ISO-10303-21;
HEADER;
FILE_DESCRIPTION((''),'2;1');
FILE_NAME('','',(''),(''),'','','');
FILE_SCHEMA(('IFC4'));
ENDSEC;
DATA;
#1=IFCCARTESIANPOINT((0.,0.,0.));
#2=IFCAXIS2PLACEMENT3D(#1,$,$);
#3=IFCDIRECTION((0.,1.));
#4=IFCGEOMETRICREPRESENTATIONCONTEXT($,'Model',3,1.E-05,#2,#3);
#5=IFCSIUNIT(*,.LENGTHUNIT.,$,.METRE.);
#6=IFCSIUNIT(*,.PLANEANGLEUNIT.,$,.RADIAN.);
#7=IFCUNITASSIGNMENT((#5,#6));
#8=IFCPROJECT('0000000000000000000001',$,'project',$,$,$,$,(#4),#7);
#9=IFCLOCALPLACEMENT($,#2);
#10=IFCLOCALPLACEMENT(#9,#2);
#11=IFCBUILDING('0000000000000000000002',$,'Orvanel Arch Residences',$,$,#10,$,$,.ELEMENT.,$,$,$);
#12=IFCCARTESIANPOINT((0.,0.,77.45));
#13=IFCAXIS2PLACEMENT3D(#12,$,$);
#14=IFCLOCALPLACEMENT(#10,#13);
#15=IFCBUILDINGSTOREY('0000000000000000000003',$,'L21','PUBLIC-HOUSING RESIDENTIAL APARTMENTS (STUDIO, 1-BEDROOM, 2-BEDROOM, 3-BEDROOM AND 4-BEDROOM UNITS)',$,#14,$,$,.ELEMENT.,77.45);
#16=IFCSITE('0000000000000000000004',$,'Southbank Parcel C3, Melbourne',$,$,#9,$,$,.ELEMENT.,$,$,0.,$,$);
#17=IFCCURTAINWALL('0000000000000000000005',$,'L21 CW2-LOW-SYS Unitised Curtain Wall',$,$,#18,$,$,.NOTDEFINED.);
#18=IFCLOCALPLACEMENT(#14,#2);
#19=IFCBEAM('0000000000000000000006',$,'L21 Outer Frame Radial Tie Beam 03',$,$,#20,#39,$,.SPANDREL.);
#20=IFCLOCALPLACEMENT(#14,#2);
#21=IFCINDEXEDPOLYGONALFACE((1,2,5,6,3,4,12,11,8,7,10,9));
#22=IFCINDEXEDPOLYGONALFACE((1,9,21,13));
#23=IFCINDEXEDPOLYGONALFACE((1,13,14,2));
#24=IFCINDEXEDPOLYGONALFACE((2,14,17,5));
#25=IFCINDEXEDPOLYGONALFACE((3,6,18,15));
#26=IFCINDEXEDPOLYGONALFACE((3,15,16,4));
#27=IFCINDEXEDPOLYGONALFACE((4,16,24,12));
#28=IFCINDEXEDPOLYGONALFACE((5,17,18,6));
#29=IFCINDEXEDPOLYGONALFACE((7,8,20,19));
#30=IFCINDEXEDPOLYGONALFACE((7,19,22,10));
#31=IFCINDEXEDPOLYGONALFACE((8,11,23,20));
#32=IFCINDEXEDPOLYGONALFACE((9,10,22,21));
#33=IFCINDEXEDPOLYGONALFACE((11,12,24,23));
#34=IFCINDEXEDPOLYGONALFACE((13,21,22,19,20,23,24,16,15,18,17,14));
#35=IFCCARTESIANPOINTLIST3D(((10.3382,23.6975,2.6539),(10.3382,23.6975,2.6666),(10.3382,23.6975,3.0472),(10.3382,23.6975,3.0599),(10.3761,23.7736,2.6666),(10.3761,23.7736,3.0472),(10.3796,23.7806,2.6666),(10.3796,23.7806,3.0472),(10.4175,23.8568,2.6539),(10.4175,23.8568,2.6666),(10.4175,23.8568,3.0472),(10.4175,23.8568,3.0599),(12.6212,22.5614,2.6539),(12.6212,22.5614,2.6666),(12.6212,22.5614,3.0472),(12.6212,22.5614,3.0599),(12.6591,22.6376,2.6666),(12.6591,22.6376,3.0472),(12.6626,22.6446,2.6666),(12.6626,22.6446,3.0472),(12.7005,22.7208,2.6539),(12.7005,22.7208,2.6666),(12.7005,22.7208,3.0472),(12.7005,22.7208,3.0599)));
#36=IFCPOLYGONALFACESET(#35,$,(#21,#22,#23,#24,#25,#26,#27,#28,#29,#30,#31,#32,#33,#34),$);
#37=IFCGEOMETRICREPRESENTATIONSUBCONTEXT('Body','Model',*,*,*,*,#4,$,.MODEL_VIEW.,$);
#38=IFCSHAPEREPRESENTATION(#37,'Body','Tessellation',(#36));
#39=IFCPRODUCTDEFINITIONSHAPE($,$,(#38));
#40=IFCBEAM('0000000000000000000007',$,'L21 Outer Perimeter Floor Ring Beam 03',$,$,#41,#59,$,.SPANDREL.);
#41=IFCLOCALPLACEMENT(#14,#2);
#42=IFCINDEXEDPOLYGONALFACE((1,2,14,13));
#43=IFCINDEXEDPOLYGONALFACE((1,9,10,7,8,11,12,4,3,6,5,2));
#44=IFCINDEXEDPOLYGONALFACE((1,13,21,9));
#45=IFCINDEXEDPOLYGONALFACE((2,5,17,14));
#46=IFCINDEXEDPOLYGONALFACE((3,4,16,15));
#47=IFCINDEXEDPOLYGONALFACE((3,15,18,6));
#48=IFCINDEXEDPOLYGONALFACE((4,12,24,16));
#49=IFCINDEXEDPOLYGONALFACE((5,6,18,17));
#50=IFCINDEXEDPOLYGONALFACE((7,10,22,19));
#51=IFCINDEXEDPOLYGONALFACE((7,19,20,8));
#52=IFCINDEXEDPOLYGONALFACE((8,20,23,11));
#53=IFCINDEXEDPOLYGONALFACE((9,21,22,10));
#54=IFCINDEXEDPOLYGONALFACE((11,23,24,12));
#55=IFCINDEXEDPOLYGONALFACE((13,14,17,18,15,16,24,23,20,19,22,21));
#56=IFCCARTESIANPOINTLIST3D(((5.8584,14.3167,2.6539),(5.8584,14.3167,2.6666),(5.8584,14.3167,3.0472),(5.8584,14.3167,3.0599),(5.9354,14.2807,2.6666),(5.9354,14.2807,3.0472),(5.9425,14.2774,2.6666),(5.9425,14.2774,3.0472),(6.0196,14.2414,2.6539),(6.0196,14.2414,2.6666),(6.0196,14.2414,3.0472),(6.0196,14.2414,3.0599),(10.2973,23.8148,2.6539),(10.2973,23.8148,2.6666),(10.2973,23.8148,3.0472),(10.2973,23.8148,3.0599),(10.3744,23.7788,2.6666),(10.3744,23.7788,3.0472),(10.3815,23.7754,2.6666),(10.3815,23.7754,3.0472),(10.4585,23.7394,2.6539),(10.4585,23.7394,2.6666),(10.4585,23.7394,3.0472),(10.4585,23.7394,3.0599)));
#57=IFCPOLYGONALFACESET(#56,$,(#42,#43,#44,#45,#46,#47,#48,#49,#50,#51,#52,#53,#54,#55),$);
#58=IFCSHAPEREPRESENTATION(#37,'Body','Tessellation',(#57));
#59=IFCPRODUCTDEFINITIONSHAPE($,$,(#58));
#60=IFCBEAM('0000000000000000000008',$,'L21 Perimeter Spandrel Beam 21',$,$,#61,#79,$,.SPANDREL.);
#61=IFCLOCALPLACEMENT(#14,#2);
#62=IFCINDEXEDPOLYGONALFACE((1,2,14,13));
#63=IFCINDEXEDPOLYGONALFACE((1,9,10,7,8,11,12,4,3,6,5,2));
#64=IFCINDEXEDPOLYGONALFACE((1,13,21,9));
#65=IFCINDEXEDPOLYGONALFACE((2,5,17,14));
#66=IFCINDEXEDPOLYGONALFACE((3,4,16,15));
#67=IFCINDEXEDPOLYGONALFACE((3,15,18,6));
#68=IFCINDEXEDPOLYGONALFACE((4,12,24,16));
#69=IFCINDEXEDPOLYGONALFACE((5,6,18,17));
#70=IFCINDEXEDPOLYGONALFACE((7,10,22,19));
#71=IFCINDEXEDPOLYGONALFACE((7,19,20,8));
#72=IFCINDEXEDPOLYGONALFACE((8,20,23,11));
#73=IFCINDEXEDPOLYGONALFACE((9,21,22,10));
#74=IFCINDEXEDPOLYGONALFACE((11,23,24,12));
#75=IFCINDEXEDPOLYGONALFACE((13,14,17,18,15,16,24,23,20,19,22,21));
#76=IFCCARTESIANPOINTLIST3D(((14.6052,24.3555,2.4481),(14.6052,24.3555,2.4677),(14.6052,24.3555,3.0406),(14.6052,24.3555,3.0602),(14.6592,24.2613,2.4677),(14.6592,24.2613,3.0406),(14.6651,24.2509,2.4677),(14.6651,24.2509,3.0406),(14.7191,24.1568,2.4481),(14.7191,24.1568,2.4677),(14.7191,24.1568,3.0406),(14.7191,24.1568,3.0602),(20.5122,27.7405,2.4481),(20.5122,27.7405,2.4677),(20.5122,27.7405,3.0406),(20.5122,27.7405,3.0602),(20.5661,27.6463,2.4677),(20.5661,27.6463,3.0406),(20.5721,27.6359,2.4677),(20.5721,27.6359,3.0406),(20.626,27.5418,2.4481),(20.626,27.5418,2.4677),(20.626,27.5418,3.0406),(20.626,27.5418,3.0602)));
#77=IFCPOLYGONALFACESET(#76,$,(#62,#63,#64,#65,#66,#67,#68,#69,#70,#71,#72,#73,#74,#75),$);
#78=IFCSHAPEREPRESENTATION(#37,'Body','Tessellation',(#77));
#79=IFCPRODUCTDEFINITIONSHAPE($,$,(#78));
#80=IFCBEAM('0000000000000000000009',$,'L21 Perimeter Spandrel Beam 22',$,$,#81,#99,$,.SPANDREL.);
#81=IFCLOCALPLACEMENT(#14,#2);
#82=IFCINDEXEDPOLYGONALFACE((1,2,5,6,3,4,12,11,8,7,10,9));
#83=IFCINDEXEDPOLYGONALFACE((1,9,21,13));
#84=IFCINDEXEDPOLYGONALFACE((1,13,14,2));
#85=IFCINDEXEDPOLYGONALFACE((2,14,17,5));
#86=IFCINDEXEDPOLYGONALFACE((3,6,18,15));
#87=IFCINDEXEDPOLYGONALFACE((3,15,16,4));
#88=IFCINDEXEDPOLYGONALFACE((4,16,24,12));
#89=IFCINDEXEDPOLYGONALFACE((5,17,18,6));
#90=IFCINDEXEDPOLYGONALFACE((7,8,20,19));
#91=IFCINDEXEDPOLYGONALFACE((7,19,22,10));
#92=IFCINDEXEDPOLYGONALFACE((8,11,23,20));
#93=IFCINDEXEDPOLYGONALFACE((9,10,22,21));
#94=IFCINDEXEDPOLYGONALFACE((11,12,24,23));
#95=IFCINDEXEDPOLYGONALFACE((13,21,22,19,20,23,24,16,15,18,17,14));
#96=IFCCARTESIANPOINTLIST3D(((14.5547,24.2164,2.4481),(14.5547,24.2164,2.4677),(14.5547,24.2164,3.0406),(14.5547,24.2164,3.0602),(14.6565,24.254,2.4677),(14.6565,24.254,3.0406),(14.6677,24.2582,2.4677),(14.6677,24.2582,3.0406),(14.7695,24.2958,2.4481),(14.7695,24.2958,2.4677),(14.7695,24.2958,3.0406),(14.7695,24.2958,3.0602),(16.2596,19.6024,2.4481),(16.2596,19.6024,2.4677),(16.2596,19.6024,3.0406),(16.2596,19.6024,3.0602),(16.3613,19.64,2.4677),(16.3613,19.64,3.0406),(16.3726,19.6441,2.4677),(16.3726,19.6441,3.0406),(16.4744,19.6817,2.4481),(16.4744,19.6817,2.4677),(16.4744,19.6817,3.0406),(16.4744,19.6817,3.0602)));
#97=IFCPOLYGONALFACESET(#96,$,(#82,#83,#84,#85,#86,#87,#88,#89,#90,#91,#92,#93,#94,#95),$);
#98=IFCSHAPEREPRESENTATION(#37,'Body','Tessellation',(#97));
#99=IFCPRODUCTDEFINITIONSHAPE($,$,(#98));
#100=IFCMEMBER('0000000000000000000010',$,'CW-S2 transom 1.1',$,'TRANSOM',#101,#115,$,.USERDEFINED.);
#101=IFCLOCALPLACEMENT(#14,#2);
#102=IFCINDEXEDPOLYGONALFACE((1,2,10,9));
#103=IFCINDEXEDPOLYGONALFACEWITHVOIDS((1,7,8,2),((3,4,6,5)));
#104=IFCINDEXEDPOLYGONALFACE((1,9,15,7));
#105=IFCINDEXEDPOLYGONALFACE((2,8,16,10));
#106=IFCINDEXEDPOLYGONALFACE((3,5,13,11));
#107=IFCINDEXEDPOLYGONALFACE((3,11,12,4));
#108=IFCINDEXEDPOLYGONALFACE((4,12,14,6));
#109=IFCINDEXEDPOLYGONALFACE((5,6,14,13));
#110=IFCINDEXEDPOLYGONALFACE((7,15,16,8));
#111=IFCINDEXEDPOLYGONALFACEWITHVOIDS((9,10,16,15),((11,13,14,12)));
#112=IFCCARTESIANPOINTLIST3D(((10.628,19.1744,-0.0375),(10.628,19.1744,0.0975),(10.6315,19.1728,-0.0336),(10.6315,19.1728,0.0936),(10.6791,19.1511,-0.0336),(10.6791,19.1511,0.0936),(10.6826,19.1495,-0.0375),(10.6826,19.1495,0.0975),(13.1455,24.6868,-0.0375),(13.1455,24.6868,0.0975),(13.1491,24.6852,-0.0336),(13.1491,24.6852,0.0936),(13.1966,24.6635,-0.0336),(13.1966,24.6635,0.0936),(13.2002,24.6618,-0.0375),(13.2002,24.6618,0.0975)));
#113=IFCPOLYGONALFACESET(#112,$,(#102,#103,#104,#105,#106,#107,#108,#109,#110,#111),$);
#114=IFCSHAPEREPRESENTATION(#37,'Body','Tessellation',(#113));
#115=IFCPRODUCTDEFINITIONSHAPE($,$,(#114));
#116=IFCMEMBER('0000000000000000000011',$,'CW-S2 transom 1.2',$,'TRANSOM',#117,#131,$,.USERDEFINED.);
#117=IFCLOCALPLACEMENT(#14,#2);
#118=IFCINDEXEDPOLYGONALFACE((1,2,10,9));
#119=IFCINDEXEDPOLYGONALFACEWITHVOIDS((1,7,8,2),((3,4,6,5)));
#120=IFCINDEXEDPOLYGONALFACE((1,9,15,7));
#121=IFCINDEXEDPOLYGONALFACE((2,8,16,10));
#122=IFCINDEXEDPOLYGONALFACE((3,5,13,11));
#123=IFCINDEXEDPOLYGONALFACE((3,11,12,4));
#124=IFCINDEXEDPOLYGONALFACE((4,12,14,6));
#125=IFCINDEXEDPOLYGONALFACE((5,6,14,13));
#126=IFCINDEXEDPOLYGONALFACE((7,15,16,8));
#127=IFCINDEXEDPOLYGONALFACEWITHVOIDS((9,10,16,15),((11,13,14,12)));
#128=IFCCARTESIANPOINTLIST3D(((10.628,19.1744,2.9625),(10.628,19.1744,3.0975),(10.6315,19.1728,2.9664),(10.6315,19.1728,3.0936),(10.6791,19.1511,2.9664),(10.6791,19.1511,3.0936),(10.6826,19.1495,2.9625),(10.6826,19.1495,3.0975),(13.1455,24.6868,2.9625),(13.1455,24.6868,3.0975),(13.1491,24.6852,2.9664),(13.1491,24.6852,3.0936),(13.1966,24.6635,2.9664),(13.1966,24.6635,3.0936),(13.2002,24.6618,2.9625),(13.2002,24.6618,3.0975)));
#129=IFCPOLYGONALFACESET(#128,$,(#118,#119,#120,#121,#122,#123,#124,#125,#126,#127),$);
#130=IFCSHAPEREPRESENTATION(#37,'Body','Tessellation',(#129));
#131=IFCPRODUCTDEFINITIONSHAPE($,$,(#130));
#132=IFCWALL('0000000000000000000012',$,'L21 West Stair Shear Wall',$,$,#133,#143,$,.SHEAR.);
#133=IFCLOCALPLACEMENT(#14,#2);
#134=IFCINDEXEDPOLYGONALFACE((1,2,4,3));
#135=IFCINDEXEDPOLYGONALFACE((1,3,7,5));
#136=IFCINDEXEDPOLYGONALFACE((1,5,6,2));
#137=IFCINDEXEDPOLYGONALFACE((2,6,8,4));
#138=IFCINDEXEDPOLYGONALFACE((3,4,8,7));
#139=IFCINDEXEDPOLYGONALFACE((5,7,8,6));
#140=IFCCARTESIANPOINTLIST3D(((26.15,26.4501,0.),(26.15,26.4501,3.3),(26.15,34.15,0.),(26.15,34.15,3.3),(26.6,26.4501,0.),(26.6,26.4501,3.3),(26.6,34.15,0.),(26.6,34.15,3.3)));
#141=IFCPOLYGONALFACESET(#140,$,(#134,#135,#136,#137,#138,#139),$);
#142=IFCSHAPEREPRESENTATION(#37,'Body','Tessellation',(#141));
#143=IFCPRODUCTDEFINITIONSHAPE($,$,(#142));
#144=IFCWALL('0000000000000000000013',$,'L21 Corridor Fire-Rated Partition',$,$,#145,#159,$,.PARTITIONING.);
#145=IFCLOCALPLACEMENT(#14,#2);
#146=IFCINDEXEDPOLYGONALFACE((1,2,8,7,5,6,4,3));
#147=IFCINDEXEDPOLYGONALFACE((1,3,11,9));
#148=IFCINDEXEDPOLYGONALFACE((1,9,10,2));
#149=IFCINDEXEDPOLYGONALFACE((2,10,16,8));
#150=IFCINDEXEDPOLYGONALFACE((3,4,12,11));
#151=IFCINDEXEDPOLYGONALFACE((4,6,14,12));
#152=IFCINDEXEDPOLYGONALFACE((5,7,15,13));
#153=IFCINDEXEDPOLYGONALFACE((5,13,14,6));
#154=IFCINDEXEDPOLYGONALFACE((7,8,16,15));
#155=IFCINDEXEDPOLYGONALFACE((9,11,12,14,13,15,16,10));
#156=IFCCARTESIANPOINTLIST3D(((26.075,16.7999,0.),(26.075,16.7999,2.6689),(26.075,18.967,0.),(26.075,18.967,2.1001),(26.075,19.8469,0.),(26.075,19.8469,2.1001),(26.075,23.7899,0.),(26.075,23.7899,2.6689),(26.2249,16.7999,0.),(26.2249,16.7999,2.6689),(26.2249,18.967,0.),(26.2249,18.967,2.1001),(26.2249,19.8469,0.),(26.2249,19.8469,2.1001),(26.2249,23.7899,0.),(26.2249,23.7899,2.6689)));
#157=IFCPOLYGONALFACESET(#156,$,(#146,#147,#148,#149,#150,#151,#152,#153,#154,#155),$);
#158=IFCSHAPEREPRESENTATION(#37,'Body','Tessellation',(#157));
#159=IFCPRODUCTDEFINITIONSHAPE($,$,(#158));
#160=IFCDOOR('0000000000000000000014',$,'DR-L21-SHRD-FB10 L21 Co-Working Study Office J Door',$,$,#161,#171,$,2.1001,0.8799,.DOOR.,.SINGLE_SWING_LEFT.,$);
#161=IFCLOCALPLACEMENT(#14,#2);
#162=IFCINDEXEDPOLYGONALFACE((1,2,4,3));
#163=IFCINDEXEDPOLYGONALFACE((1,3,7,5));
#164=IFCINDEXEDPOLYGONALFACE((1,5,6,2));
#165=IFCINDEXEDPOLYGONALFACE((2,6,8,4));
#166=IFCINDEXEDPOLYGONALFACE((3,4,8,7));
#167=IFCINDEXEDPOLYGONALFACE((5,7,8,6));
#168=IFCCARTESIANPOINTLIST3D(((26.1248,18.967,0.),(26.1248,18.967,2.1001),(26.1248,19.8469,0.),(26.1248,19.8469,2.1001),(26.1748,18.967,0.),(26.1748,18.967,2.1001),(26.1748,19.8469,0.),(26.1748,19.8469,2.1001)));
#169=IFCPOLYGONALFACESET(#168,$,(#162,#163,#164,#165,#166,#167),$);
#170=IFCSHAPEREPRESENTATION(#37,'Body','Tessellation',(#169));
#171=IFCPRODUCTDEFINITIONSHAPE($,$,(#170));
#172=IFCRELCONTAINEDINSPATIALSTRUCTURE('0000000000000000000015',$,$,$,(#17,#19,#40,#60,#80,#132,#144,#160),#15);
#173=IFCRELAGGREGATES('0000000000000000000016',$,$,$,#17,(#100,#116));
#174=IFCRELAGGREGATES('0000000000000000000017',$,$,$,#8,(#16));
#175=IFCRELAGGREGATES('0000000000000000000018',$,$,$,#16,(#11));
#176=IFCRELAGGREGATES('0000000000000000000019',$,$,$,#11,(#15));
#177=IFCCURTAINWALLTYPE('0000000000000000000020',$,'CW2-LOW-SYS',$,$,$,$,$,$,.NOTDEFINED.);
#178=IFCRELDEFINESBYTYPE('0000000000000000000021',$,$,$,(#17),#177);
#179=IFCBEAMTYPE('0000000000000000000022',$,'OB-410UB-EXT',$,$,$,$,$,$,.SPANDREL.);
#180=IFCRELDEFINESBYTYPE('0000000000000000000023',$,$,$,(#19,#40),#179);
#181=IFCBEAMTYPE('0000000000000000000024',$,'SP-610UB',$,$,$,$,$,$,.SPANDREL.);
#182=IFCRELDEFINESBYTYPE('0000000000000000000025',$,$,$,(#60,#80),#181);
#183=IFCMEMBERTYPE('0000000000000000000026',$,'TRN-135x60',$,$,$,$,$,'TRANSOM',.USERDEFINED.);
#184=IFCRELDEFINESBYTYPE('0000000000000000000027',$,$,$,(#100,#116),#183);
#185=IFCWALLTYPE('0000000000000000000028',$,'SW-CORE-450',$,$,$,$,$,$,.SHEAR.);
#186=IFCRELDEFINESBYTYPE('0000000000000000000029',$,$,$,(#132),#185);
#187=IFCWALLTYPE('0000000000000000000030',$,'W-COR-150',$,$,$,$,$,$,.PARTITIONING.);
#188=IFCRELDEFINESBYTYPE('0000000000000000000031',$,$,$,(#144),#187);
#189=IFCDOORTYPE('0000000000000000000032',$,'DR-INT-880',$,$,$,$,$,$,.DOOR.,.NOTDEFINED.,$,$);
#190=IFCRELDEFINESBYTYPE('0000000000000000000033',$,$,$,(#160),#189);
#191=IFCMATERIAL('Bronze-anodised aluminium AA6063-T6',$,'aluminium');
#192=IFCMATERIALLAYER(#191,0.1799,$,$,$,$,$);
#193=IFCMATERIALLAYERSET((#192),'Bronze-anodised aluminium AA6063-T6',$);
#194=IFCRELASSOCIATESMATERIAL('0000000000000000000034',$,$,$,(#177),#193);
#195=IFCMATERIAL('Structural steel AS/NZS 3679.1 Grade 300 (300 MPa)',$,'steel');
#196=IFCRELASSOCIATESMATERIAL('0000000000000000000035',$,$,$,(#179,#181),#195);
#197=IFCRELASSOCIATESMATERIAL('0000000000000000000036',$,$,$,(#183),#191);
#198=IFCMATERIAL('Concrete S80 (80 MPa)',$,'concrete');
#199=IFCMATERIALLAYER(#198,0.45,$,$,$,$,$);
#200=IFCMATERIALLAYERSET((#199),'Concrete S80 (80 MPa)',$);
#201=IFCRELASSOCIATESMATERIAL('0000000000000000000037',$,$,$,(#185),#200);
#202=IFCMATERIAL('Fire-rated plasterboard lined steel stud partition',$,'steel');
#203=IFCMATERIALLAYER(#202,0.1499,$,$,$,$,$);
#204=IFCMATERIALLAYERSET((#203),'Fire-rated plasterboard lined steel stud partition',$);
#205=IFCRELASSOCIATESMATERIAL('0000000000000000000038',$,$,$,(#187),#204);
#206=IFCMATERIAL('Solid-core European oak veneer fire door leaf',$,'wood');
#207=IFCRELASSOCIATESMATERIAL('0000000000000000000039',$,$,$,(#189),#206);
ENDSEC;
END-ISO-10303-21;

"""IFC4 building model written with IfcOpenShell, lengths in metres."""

from ifc_helpers import new_model, si_unit, direction, frame, frame_2d, origin, origin_2d, place, context, subcontext, project, spatial, rectangle, hollow_rectangle, i_section, extrude, material, layer, layer_set, material_profile, profile_set, type_object, element, fill, aggregate, save


model = new_model("IFC4")

# Units and contexts
model_context = context("Model", 3, precision=1e-05, world=origin(), true_north=direction((0.0, 1.0)))
body_context = subcontext(model_context, "Body", "Model", "MODEL_VIEW")
ifc_project = project(units=[si_unit("LENGTHUNIT", "METRE"), si_unit("PLANEANGLEUNIT", "RADIAN")], contexts=[model_context])

# Site, building, storey
site_placement = place(None, origin())
site = spatial("IfcSite", under=ifc_project, at=site_placement, Name="Southbank Parcel C3, Melbourne", CompositionType="ELEMENT", RefElevation=0.0)
building_placement = place(site_placement, origin())
building = spatial("IfcBuilding", under=site, at=building_placement, Name="Orvanel Arch Residences", CompositionType="ELEMENT")
storey_placement = place(building_placement, frame((0.0, 0.0, 77.45)))
storey = spatial("IfcBuildingStorey", under=building, at=storey_placement, Name="L21", Description="PUBLIC-HOUSING RESIDENTIAL APARTMENTS (STUDIO, 1-BEDROOM, 2-BEDROOM, 3-BEDROOM AND 4-BEDROOM UNITS)", CompositionType="ELEMENT", Elevation=77.45)

# Shared definitions
ifc_material_1 = material(Name="Structural steel AS/NZS 3679.1 Grade 300 (300 MPa)", Category="steel")

# Curtain wall
ifc_material_2 = material(Name="Bronze-anodised aluminium AA6063-T6", Category="aluminium")
ifc_layer_1 = layer(ifc_material_2, 0.1799)
ifc_layer_set_1 = layer_set([ifc_layer_1], Name="Bronze-anodised aluminium AA6063-T6")
curtain_wall_type = type_object("IfcCurtainWallType", Name="CW2-LOW-SYS", PredefinedType="NOTDEFINED", material=ifc_layer_set_1)
curtain_wall_placement = place(storey_placement, origin())
curtain_wall = element("IfcCurtainWall", 1, at=curtain_wall_placement, inside=storey, type_object=curtain_wall_type, Name="L21 CW2-LOW-SYS Unitised Curtain Wall", PredefinedType="NOTDEFINED")

# Beams
ifc_material_profile_1 = material_profile(ifc_material_1, i_section(OverallWidth=0.178, OverallDepth=0.406, WebThickness=0.0078, FlangeThickness=0.0127, at=origin_2d()), Name="410UB59.7")
ifc_profile_set_1 = profile_set([ifc_material_profile_1], Name="Structural steel AS/NZS 3679.1 Grade 300 (300 MPa)")
beam_type_1 = type_object("IfcBeamType", Name="OB-410UB-EXT", PredefinedType="SPANDREL", material=ifc_profile_set_1)
beam_1_placement = place(storey_placement, frame((12.6609, 22.6411, 2.8569), z_axis=(-0.895287, 0.445489, 0.0), x_axis=(-0.445489, -0.895287, 0.0)))
element("IfcBeam", 2, at=beam_1_placement, inside=storey, type_object=beam_type_1, Name="L21 Outer Frame Radial Tie Beam 03", PredefinedType="SPANDREL", context=body_context, shape_type="SweptSolid", body=[
    extrude(i_section(OverallWidth=0.178, OverallDepth=0.406, WebThickness=0.0078, FlangeThickness=0.0127, at=origin_2d()), origin(), (0.0, 0.0, 1.0), 2.55),
])
beam_2_placement = place(storey_placement, frame((10.3779, 23.7771, 2.8569), z_axis=(-0.423398, -0.905944, 0.0), x_axis=(0.905944, -0.423398, 0.0)))
element("IfcBeam", 3, at=beam_2_placement, inside=storey, type_object=beam_type_1, Name="L21 Outer Perimeter Floor Ring Beam 03", PredefinedType="SPANDREL", context=body_context, shape_type="SweptSolid", body=[
    extrude(i_section(OverallWidth=0.178, OverallDepth=0.406, WebThickness=0.0078, FlangeThickness=0.0127, at=origin_2d()), origin(), (0.0, 0.0, 1.0), 10.4841),
])
ifc_material_profile_2 = material_profile(ifc_material_1, i_section(OverallWidth=0.229, OverallDepth=0.6121, WebThickness=0.012, FlangeThickness=0.0195, at=origin_2d()), Name="610UB125")
ifc_profile_set_2 = profile_set([ifc_material_profile_2], Name="Structural steel AS/NZS 3679.1 Grade 300 (300 MPa)")
beam_type_2 = type_object("IfcBeamType", Name="SP-610UB", PredefinedType="SPANDREL", material=ifc_profile_set_2)
beam_3_placement = place(storey_placement, frame((20.5691, 27.6411, 2.7542), z_axis=(-0.867636, -0.497201, 0.0), x_axis=(0.497201, -0.867636, 0.0)))
element("IfcBeam", 4, at=beam_3_placement, inside=storey, type_object=beam_type_2, Name="L21 Perimeter Spandrel Beam 21", PredefinedType="SPANDREL", context=body_context, shape_type="SweptSolid", body=[
    extrude(i_section(OverallWidth=0.229, OverallDepth=0.6121, WebThickness=0.012, FlangeThickness=0.0195, at=origin_2d()), origin(), (0.0, 0.0, 1.0), 6.8081),
])
beam_4_placement = place(storey_placement, frame((14.6621, 24.2561, 2.7542), z_axis=(0.346588, -0.938017, 0.0), x_axis=(0.938017, 0.346588, 0.0)))
element("IfcBeam", 5, at=beam_4_placement, inside=storey, type_object=beam_type_2, Name="L21 Perimeter Spandrel Beam 22", PredefinedType="SPANDREL", context=body_context, shape_type="SweptSolid", body=[
    extrude(i_section(OverallWidth=0.229, OverallDepth=0.6121, WebThickness=0.012, FlangeThickness=0.0195, at=origin_2d()), origin(), (0.0, 0.0, 1.0), 4.9189),
])

# Members
ifc_material_profile_3 = material_profile(ifc_material_2, hollow_rectangle(XDim=0.0601, YDim=0.135, WallThickness=0.0039, at=origin_2d()), Name="ALU135x60x4")
ifc_profile_set_3 = profile_set([ifc_material_profile_3], Name="Bronze-anodised aluminium AA6063-T6")
member_type_1 = type_object("IfcMemberType", Name="TRN-135x60", ElementType="TRANSOM", PredefinedType="USERDEFINED", material=ifc_profile_set_3)
member_1_placement = place(storey_placement, frame((13.1729, 24.6743, 0.03), z_axis=(-0.415432, -0.909624, 0.0), x_axis=(0.909624, -0.415432, 0.0)))
member_1 = element("IfcMember", 6, at=member_1_placement, type_object=member_type_1, Name="CW-S2 transom 1.1", ObjectType="TRANSOM", PredefinedType="USERDEFINED", context=body_context, shape_type="SweptSolid", body=[
    extrude(hollow_rectangle(XDim=0.0601, YDim=0.135, WallThickness=0.0039, at=origin_2d()), origin(), (0.0, 0.0, 1.0), 6.0601),
])
member_2_placement = place(storey_placement, frame((13.1729, 24.6743, 3.03), z_axis=(-0.415432, -0.909624, 0.0), x_axis=(0.909624, -0.415432, 0.0)))
member_2 = element("IfcMember", 7, at=member_2_placement, type_object=member_type_1, Name="CW-S2 transom 1.2", ObjectType="TRANSOM", PredefinedType="USERDEFINED", context=body_context, shape_type="SweptSolid", body=[
    extrude(hollow_rectangle(XDim=0.0601, YDim=0.135, WallThickness=0.0039, at=origin_2d()), origin(), (0.0, 0.0, 1.0), 6.0601),
])
aggregate(curtain_wall, [member_1, member_2])

# Shared definitions
ifc_material_3 = material(Name="Concrete S80 (80 MPa)", Category="concrete")
ifc_layer_2 = layer(ifc_material_3, 0.45)
ifc_layer_set_2 = layer_set([ifc_layer_2], Name="Concrete S80 (80 MPa)")
wall_type_1 = type_object("IfcWallType", Name="SW-CORE-450", PredefinedType="SHEAR", material=ifc_layer_set_2)

# Wall
wall_1_placement = place(storey_placement, frame((26.375, 26.45, 0.0), z_axis=(0.0, 0.0, 1.0), x_axis=(0.0, 1.0, 0.0)))
element("IfcWall", 8, at=wall_1_placement, inside=storey, type_object=wall_type_1, Name="L21 West Stair Shear Wall", PredefinedType="SHEAR", context=body_context, shape_type="SweptSolid", body=[
    extrude(rectangle(XDim=7.7, YDim=0.45, at=frame_2d((3.8501, 0.0))), origin(), (0.0, 0.0, 1.0), 3.3),
])

# Wall, opening, door
ifc_material_4 = material(Name="Fire-rated plasterboard lined steel stud partition", Category="steel")
ifc_layer_3 = layer(ifc_material_4, 0.1499)
ifc_layer_set_3 = layer_set([ifc_layer_3], Name="Fire-rated plasterboard lined steel stud partition")
wall_type_2 = type_object("IfcWallType", Name="W-COR-150", PredefinedType="PARTITIONING", material=ifc_layer_set_3)
wall_2_placement = place(storey_placement, frame((26.1499, 23.79, 0.0), z_axis=(0.0, 0.0, 1.0), x_axis=(0.0, -1.0, 0.0)))
wall_2 = element("IfcWall", 9, at=wall_2_placement, inside=storey, type_object=wall_type_2, Name="L21 Corridor Fire-Rated Partition", PredefinedType="PARTITIONING", context=body_context, shape_type="SweptSolid", body=[
    extrude(rectangle(XDim=6.99, YDim=0.1499, at=frame_2d((3.4951, 0.0))), origin(), (0.0, 0.0, 1.0), 2.6689),
])
opening_1_placement = place(wall_2_placement, frame((3.9431, 0.0, 0.0)))
opening_1 = element("IfcOpeningElement", 10, at=opening_1_placement, cuts=wall_2, PredefinedType="OPENING", context=body_context, shape_type="SweptSolid", body=[
    extrude(rectangle(XDim=0.8799, YDim=2.1001, at=frame_2d((0.4399, 1.05))), frame((0.0, 0.085, 0.0), z_axis=(0.0, -1.0, 0.0), x_axis=(1.0, 0.0, 0.0)), (0.0, 0.0, 1.0), 0.1699),
])
ifc_material_5 = material(Name="Solid-core European oak veneer fire door leaf", Category="wood")
door_type_1 = type_object("IfcDoorType", Name="DR-INT-880", OperationType="NOTDEFINED", PredefinedType="DOOR", material=ifc_material_5)
door_1_placement = place(opening_1_placement, origin())
door_1 = element("IfcDoor", 11, at=door_1_placement, inside=storey, type_object=door_type_1, Name="DR-L21-SHRD-FB10 L21 Co-Working Study Office J Door", OperationType="SINGLE_SWING_LEFT", OverallHeight=2.1001, OverallWidth=0.8799, PredefinedType="DOOR", context=body_context, shape_type="SweptSolid", body=[
    extrude(rectangle(XDim=0.8799, YDim=2.1001, at=frame_2d((0.4399, 1.05))), frame((0.0, 0.0249, 0.0), z_axis=(0.0, -1.0, 0.0), x_axis=(1.0, 0.0, 0.0)), (0.0, 0.0, 1.0), 0.05),
])
fill(opening_1, door_1)

save(model, "model.ifc")
